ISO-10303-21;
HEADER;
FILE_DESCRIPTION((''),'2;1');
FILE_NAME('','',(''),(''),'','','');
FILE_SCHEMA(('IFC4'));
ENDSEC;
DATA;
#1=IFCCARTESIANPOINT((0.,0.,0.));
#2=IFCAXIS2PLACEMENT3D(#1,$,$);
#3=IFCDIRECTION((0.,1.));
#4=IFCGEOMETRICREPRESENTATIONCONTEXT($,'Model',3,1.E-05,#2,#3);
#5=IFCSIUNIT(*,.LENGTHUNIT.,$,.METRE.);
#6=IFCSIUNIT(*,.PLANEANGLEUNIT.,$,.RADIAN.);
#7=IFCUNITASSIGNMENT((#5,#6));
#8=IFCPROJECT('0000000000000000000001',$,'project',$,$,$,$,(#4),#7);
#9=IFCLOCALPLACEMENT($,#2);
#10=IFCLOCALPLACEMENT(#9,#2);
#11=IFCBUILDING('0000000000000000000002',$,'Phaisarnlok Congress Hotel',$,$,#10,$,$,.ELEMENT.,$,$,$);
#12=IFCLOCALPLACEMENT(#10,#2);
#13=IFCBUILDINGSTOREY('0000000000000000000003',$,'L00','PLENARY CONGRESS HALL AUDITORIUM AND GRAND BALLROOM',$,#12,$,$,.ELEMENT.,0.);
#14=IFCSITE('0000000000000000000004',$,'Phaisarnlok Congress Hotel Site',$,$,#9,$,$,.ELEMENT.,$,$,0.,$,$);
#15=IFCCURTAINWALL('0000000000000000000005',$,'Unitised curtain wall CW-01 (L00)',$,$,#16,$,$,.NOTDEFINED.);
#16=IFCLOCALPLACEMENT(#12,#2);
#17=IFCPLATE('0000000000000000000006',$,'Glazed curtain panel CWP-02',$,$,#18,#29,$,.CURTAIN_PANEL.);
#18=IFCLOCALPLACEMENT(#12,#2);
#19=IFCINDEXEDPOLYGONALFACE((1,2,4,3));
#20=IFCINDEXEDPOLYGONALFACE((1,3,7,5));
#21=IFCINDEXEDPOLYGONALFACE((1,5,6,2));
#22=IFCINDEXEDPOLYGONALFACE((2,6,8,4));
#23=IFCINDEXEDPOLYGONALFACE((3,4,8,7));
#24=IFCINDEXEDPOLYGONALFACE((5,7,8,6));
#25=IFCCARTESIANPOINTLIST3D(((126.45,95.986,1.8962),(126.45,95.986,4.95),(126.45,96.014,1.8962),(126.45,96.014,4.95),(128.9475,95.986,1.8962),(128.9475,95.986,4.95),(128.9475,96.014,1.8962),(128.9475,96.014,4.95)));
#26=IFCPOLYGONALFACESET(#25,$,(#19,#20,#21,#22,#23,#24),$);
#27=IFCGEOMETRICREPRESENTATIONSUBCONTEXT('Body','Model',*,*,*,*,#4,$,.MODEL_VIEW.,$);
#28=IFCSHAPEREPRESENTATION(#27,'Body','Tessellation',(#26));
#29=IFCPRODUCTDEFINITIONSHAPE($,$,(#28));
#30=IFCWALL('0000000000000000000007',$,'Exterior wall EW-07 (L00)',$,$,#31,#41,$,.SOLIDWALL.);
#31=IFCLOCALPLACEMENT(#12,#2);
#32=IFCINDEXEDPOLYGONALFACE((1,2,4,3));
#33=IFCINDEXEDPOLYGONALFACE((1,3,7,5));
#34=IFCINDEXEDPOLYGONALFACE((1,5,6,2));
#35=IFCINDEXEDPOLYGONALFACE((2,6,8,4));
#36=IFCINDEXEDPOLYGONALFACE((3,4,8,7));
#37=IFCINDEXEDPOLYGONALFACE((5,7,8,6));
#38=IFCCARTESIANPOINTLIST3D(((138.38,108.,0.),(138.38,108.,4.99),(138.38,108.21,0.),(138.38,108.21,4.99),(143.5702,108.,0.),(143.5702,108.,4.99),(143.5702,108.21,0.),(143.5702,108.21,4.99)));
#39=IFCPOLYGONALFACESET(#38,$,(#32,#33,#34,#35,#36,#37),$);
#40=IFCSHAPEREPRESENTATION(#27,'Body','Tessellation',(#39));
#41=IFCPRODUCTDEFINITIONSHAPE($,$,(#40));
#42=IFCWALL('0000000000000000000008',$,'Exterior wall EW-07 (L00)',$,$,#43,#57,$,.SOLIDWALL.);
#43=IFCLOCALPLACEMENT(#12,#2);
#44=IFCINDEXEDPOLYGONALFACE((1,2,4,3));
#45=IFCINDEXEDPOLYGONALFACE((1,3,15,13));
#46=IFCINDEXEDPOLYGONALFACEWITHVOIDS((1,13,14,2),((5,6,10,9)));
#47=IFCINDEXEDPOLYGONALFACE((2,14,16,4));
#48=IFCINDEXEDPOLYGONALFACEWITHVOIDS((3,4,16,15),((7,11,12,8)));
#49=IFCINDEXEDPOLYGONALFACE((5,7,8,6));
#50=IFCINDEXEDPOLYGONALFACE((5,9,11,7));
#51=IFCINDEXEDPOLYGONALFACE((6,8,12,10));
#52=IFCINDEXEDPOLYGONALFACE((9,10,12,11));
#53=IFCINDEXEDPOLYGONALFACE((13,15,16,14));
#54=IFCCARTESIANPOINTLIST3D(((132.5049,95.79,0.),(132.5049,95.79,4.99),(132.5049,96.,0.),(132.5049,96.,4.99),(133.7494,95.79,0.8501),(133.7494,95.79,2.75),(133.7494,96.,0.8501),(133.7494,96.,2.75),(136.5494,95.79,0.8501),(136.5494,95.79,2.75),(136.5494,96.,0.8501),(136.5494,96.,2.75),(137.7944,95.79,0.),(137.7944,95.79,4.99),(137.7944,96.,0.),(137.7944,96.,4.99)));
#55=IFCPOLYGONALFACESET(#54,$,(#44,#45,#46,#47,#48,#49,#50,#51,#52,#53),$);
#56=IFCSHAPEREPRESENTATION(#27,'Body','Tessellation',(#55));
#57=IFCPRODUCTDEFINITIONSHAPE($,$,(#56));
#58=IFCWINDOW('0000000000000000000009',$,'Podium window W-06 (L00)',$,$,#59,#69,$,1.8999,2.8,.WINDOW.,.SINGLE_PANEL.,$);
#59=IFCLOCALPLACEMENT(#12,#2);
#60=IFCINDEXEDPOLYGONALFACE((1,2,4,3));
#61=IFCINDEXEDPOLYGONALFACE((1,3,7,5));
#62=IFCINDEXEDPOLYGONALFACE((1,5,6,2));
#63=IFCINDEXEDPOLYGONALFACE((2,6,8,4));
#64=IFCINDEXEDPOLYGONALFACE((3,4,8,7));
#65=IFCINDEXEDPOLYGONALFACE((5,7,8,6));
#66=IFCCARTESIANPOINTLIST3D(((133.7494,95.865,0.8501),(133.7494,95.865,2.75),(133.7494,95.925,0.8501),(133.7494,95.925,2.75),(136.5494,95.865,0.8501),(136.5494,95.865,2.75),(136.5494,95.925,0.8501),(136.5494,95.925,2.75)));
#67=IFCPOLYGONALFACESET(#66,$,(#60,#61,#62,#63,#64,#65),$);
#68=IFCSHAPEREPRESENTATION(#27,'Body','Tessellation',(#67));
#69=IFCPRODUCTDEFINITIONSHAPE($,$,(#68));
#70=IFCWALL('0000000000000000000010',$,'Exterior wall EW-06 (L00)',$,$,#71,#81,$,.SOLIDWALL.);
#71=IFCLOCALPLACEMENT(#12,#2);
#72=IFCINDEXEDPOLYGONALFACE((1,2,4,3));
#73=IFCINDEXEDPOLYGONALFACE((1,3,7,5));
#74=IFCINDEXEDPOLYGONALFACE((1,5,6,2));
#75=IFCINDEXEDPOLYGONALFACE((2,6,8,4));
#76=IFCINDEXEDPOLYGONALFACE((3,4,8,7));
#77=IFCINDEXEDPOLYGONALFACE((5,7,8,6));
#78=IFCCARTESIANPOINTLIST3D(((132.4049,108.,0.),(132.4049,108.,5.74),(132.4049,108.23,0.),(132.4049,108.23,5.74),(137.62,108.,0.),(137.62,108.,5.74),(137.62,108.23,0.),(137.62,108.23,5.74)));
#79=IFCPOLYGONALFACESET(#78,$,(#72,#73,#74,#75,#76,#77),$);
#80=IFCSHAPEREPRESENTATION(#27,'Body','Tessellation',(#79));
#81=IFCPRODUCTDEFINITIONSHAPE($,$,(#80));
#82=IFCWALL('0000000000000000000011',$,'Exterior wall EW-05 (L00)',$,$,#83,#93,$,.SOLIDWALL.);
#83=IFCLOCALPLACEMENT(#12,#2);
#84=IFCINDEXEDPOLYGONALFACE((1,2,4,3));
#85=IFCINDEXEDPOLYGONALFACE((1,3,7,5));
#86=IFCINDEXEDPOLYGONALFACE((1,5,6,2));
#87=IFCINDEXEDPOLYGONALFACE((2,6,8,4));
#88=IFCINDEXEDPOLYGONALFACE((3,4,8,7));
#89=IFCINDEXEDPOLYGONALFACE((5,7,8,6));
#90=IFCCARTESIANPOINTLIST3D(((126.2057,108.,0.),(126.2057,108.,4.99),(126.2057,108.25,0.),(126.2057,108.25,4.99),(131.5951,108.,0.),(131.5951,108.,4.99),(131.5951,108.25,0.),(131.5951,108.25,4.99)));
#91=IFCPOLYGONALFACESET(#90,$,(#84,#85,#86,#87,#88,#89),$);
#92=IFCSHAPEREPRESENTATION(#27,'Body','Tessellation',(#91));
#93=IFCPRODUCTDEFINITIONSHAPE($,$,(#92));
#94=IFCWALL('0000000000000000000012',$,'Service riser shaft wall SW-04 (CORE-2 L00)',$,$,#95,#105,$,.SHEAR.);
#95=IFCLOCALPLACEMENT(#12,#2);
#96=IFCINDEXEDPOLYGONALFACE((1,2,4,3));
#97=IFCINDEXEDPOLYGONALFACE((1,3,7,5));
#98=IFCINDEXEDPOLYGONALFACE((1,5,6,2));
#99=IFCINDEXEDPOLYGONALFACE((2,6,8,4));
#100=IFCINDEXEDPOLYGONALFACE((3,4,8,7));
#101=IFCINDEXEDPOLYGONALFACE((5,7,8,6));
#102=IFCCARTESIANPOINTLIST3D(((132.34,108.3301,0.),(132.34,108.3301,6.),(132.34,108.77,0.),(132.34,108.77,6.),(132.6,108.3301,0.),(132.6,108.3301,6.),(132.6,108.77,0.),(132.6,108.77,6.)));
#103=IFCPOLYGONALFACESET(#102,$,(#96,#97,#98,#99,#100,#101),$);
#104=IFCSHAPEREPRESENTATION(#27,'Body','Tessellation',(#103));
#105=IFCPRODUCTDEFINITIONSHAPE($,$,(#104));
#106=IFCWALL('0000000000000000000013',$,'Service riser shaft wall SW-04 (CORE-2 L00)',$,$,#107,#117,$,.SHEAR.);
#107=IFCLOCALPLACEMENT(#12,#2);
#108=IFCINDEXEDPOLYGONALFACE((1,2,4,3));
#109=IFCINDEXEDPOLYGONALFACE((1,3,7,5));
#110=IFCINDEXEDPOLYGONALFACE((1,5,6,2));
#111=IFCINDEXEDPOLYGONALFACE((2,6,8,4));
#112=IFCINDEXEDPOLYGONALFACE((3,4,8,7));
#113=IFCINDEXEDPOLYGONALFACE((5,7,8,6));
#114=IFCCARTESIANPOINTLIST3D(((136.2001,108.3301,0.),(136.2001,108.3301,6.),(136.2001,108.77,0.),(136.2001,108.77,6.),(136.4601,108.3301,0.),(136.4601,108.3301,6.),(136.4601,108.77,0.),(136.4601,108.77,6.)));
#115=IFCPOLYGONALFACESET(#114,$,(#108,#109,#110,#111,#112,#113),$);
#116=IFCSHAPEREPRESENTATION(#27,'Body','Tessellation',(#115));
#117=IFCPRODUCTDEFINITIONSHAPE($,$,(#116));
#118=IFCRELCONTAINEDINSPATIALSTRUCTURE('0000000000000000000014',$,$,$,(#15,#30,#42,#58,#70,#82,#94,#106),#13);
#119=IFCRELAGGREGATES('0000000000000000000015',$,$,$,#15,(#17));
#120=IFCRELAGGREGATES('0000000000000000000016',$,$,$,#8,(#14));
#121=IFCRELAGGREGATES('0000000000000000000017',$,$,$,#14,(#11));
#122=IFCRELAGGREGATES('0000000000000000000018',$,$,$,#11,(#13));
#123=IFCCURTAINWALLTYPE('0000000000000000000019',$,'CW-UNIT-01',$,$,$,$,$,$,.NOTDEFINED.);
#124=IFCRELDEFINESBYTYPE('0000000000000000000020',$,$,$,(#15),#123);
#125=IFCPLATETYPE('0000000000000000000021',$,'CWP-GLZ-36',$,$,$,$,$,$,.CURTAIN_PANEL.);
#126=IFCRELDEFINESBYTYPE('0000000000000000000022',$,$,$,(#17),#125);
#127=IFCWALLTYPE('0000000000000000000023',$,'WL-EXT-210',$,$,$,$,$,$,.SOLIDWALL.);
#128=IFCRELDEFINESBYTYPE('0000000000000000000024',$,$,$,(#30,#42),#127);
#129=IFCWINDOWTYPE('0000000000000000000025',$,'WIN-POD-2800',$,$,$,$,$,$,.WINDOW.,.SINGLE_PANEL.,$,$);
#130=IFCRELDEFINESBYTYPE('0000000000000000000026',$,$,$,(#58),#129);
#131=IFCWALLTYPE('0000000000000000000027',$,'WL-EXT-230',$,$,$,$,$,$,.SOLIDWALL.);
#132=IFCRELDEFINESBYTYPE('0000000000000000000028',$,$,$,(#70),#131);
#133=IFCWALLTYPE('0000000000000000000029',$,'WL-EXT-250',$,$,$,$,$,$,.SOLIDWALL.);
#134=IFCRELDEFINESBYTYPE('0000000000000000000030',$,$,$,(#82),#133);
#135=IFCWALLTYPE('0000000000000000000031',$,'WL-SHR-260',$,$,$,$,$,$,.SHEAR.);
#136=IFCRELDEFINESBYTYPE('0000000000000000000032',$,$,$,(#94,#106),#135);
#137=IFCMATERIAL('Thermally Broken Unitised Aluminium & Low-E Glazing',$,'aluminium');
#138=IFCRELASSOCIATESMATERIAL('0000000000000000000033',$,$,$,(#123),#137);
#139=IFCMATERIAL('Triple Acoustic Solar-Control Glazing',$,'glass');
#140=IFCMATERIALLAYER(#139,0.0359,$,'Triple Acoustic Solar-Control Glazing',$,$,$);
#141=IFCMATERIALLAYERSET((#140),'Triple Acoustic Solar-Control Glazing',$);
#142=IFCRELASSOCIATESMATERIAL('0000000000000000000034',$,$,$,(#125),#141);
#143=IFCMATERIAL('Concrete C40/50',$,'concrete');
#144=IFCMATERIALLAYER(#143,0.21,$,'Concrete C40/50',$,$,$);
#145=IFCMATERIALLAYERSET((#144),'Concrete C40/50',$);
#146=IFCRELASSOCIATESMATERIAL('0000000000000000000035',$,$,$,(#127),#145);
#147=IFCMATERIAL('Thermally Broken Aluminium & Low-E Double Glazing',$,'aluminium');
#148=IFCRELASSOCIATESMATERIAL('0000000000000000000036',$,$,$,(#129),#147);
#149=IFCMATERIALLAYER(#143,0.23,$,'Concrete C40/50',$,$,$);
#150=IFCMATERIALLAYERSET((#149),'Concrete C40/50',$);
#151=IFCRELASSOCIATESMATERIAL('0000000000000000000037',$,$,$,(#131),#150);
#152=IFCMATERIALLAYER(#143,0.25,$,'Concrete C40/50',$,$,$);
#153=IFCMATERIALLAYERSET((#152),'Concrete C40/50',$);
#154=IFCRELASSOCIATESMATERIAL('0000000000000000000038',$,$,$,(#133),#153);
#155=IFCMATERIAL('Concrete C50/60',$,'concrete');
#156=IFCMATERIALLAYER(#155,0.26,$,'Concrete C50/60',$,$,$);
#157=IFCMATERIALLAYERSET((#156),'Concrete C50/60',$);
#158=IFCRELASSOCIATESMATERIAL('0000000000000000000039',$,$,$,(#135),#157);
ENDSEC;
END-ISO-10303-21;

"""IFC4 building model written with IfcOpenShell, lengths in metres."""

from ifc_helpers import new_model, si_unit, direction, frame, frame_2d, origin, place, context, subcontext, project, spatial, rectangle, extrude, material, layer, layer_set, type_object, element, fill, aggregate, save


model = new_model("IFC4")

# Units and contexts
model_context = context("Model", 3, precision=1e-05, world=origin(), true_north=direction((0.0, 1.0)))
body_context = subcontext(model_context, "Body", "Model", "MODEL_VIEW")
ifc_project = project(units=[si_unit("LENGTHUNIT", "METRE"), si_unit("PLANEANGLEUNIT", "RADIAN")], contexts=[model_context])

# Site, building, storey
site_placement = place(None, origin())
site = spatial("IfcSite", under=ifc_project, at=site_placement, Name="Phaisarnlok Congress Hotel Site", CompositionType="ELEMENT", RefElevation=0.0)
building_placement = place(site_placement, origin())
building = spatial("IfcBuilding", under=site, at=building_placement, Name="Phaisarnlok Congress Hotel", CompositionType="ELEMENT")
storey_placement = place(building_placement, origin())
storey = spatial("IfcBuildingStorey", under=building, at=storey_placement, Name="L00", Description="PLENARY CONGRESS HALL AUDITORIUM AND GRAND BALLROOM", CompositionType="ELEMENT", Elevation=0.0)

# Shared definitions
ifc_material_1 = material(Name="Concrete C50/60", Category="concrete")

# Shared definitions
ifc_material_2 = material(Name="Concrete C40/50", Category="concrete")

# Shared definitions
ifc_material_3 = material(Name="Thermally Broken Unitised Aluminium & Low-E Glazing", Category="aluminium")

# Curtain wall
curtain_wall_type_1 = type_object("IfcCurtainWallType", Name="CW-UNIT-01", PredefinedType="NOTDEFINED", material=ifc_material_3)
curtain_wall_1_placement = place(storey_placement, origin())
curtain_wall_1 = element("IfcCurtainWall", 1, at=curtain_wall_1_placement, inside=storey, type_object=curtain_wall_type_1, Name="Unitised curtain wall CW-01 (L00)", PredefinedType="NOTDEFINED")

# Plate
ifc_material_4 = material(Name="Triple Acoustic Solar-Control Glazing", Category="glass")
ifc_layer_1 = layer(ifc_material_4, 0.0359, Name="Triple Acoustic Solar-Control Glazing")
ifc_layer_set_1 = layer_set([ifc_layer_1], Name="Triple Acoustic Solar-Control Glazing")
plate_type = type_object("IfcPlateType", Name="CWP-GLZ-36", PredefinedType="CURTAIN_PANEL", material=ifc_layer_set_1)
plate_1_placement = place(storey_placement, frame((128.9475, 96.0, 1.8962), z_axis=(0.0, 0.0, 1.0), x_axis=(-1.0, 0.0, 0.0)))
plate_1 = element("IfcPlate", 2, at=plate_1_placement, type_object=plate_type, Name="Glazed curtain panel CWP-02", PredefinedType="CURTAIN_PANEL", context=body_context, shape_type="SweptSolid", body=[
    extrude(rectangle(XDim=2.4976, YDim=0.0281, at=frame_2d((1.2488, 0.0))), origin(), (0.0, 0.0, 1.0), 3.0537),
])
aggregate(curtain_wall_1, [plate_1])

# Wall
ifc_layer_2 = layer(ifc_material_2, 0.21, Name="Concrete C40/50")
ifc_layer_set_2 = layer_set([ifc_layer_2], Name="Concrete C40/50")
wall_type_1 = type_object("IfcWallType", Name="WL-EXT-210", PredefinedType="SOLIDWALL", material=ifc_layer_set_2)
wall_1_placement = place(storey_placement, frame((138.3799, 108.105, 0.0), z_axis=(0.0, 0.0, 1.0), x_axis=(1.0, 0.0, 0.0)))
element("IfcWall", 3, at=wall_1_placement, inside=storey, type_object=wall_type_1, Name="Exterior wall EW-07 (L00)", PredefinedType="SOLIDWALL", context=body_context, shape_type="SweptSolid", body=[
    extrude(rectangle(XDim=5.1902, YDim=0.21, at=frame_2d((2.5952, 0.0))), origin(), (0.0, 0.0, 1.0), 4.99),
])

# Wall, opening, window
wall_2_placement = place(storey_placement, frame((137.7944, 95.895, 0.0), z_axis=(0.0, 0.0, 1.0), x_axis=(-1.0, 0.0, 0.0)))
wall_2 = element("IfcWall", 4, at=wall_2_placement, inside=storey, type_object=wall_type_1, Name="Exterior wall EW-07 (L00)", PredefinedType="SOLIDWALL", context=body_context, shape_type="SweptSolid", body=[
    extrude(rectangle(XDim=5.2896, YDim=0.21, at=frame_2d((2.6448, 0.0))), origin(), (0.0, 0.0, 1.0), 4.99),
])
opening_placement = place(wall_2_placement, frame((1.2451, 0.0, 0.8501)))
opening = element("IfcOpeningElement", 5, at=opening_placement, cuts=wall_2, PredefinedType="OPENING", context=body_context, shape_type="SweptSolid", body=[
    extrude(rectangle(XDim=2.8, YDim=1.8999, at=frame_2d((1.3999, 0.95))), frame((0.0, 0.115, 0.0), z_axis=(0.0, -1.0, 0.0), x_axis=(1.0, 0.0, 0.0)), (0.0, 0.0, 1.0), 0.23),
])
ifc_material_5 = material(Name="Thermally Broken Aluminium & Low-E Double Glazing", Category="aluminium")
window_type = type_object("IfcWindowType", Name="WIN-POD-2800", PartitioningType="SINGLE_PANEL", PredefinedType="WINDOW", material=ifc_material_5)
window_placement = place(opening_placement, origin())
window = element("IfcWindow", 6, at=window_placement, inside=storey, type_object=window_type, Name="Podium window W-06 (L00)", OverallHeight=1.8999, OverallWidth=2.8, PartitioningType="SINGLE_PANEL", PredefinedType="WINDOW", context=body_context, shape_type="SweptSolid", body=[
    extrude(rectangle(XDim=2.8, YDim=1.8999, at=frame_2d((1.3999, 0.95))), frame((0.0, 0.03, 0.0), z_axis=(0.0, -1.0, 0.0), x_axis=(1.0, 0.0, 0.0)), (0.0, 0.0, 1.0), 0.0601),
])
fill(opening, window)

# Walls
ifc_layer_3 = layer(ifc_material_2, 0.23, Name="Concrete C40/50")
ifc_layer_set_3 = layer_set([ifc_layer_3], Name="Concrete C40/50")
wall_type_2 = type_object("IfcWallType", Name="WL-EXT-230", PredefinedType="SOLIDWALL", material=ifc_layer_set_3)
wall_3_placement = place(storey_placement, frame((132.405, 108.115, 0.0), z_axis=(0.0, 0.0, 1.0), x_axis=(1.0, 0.0, 0.0)))
element("IfcWall", 7, at=wall_3_placement, inside=storey, type_object=wall_type_2, Name="Exterior wall EW-06 (L00)", PredefinedType="SOLIDWALL", context=body_context, shape_type="SweptSolid", body=[
    extrude(rectangle(XDim=5.2151, YDim=0.23, at=frame_2d((2.6074, 0.0))), origin(), (0.0, 0.0, 1.0), 5.74),
])
ifc_layer_4 = layer(ifc_material_2, 0.25, Name="Concrete C40/50")
ifc_layer_set_4 = layer_set([ifc_layer_4], Name="Concrete C40/50")
wall_type_3 = type_object("IfcWallType", Name="WL-EXT-250", PredefinedType="SOLIDWALL", material=ifc_layer_set_4)
wall_4_placement = place(storey_placement, frame((126.2056, 108.125, 0.0), z_axis=(0.0, 0.0, 1.0), x_axis=(1.0, 0.0, 0.0)))
element("IfcWall", 8, at=wall_4_placement, inside=storey, type_object=wall_type_3, Name="Exterior wall EW-05 (L00)", PredefinedType="SOLIDWALL", context=body_context, shape_type="SweptSolid", body=[
    extrude(rectangle(XDim=5.3894, YDim=0.25, at=frame_2d((2.6948, 0.0))), origin(), (0.0, 0.0, 1.0), 4.99),
])
ifc_layer_5 = layer(ifc_material_1, 0.26, Name="Concrete C50/60")
ifc_layer_set_5 = layer_set([ifc_layer_5], Name="Concrete C50/60")
wall_type_4 = type_object("IfcWallType", Name="WL-SHR-260", PredefinedType="SHEAR", material=ifc_layer_set_5)
for number, where, z_axis, x_axis, name in (
    (9, (132.47, 108.3301, 0.0), (0.0, 0.0, 1.0), (0.0, 1.0, 0.0), "Service riser shaft wall SW-04 (CORE-2 L00)"),
    (10, (136.3301, 108.3301, 0.0), (0.0, 0.0, 1.0), (0.0, 1.0, 0.0), "Service riser shaft wall SW-04 (CORE-2 L00)"),
):
    element("IfcWall", number, at=place(storey_placement, frame(where, z_axis=z_axis, x_axis=x_axis)), inside=storey, type_object=wall_type_4, Name=name, PredefinedType="SHEAR", context=body_context, shape_type="SweptSolid", body=[
        extrude(rectangle(XDim=0.4399, YDim=0.26, at=frame_2d((0.22, 0.0))), origin(), (0.0, 0.0, 1.0), 6.0),
    ])

save(model, "model.ifc")
